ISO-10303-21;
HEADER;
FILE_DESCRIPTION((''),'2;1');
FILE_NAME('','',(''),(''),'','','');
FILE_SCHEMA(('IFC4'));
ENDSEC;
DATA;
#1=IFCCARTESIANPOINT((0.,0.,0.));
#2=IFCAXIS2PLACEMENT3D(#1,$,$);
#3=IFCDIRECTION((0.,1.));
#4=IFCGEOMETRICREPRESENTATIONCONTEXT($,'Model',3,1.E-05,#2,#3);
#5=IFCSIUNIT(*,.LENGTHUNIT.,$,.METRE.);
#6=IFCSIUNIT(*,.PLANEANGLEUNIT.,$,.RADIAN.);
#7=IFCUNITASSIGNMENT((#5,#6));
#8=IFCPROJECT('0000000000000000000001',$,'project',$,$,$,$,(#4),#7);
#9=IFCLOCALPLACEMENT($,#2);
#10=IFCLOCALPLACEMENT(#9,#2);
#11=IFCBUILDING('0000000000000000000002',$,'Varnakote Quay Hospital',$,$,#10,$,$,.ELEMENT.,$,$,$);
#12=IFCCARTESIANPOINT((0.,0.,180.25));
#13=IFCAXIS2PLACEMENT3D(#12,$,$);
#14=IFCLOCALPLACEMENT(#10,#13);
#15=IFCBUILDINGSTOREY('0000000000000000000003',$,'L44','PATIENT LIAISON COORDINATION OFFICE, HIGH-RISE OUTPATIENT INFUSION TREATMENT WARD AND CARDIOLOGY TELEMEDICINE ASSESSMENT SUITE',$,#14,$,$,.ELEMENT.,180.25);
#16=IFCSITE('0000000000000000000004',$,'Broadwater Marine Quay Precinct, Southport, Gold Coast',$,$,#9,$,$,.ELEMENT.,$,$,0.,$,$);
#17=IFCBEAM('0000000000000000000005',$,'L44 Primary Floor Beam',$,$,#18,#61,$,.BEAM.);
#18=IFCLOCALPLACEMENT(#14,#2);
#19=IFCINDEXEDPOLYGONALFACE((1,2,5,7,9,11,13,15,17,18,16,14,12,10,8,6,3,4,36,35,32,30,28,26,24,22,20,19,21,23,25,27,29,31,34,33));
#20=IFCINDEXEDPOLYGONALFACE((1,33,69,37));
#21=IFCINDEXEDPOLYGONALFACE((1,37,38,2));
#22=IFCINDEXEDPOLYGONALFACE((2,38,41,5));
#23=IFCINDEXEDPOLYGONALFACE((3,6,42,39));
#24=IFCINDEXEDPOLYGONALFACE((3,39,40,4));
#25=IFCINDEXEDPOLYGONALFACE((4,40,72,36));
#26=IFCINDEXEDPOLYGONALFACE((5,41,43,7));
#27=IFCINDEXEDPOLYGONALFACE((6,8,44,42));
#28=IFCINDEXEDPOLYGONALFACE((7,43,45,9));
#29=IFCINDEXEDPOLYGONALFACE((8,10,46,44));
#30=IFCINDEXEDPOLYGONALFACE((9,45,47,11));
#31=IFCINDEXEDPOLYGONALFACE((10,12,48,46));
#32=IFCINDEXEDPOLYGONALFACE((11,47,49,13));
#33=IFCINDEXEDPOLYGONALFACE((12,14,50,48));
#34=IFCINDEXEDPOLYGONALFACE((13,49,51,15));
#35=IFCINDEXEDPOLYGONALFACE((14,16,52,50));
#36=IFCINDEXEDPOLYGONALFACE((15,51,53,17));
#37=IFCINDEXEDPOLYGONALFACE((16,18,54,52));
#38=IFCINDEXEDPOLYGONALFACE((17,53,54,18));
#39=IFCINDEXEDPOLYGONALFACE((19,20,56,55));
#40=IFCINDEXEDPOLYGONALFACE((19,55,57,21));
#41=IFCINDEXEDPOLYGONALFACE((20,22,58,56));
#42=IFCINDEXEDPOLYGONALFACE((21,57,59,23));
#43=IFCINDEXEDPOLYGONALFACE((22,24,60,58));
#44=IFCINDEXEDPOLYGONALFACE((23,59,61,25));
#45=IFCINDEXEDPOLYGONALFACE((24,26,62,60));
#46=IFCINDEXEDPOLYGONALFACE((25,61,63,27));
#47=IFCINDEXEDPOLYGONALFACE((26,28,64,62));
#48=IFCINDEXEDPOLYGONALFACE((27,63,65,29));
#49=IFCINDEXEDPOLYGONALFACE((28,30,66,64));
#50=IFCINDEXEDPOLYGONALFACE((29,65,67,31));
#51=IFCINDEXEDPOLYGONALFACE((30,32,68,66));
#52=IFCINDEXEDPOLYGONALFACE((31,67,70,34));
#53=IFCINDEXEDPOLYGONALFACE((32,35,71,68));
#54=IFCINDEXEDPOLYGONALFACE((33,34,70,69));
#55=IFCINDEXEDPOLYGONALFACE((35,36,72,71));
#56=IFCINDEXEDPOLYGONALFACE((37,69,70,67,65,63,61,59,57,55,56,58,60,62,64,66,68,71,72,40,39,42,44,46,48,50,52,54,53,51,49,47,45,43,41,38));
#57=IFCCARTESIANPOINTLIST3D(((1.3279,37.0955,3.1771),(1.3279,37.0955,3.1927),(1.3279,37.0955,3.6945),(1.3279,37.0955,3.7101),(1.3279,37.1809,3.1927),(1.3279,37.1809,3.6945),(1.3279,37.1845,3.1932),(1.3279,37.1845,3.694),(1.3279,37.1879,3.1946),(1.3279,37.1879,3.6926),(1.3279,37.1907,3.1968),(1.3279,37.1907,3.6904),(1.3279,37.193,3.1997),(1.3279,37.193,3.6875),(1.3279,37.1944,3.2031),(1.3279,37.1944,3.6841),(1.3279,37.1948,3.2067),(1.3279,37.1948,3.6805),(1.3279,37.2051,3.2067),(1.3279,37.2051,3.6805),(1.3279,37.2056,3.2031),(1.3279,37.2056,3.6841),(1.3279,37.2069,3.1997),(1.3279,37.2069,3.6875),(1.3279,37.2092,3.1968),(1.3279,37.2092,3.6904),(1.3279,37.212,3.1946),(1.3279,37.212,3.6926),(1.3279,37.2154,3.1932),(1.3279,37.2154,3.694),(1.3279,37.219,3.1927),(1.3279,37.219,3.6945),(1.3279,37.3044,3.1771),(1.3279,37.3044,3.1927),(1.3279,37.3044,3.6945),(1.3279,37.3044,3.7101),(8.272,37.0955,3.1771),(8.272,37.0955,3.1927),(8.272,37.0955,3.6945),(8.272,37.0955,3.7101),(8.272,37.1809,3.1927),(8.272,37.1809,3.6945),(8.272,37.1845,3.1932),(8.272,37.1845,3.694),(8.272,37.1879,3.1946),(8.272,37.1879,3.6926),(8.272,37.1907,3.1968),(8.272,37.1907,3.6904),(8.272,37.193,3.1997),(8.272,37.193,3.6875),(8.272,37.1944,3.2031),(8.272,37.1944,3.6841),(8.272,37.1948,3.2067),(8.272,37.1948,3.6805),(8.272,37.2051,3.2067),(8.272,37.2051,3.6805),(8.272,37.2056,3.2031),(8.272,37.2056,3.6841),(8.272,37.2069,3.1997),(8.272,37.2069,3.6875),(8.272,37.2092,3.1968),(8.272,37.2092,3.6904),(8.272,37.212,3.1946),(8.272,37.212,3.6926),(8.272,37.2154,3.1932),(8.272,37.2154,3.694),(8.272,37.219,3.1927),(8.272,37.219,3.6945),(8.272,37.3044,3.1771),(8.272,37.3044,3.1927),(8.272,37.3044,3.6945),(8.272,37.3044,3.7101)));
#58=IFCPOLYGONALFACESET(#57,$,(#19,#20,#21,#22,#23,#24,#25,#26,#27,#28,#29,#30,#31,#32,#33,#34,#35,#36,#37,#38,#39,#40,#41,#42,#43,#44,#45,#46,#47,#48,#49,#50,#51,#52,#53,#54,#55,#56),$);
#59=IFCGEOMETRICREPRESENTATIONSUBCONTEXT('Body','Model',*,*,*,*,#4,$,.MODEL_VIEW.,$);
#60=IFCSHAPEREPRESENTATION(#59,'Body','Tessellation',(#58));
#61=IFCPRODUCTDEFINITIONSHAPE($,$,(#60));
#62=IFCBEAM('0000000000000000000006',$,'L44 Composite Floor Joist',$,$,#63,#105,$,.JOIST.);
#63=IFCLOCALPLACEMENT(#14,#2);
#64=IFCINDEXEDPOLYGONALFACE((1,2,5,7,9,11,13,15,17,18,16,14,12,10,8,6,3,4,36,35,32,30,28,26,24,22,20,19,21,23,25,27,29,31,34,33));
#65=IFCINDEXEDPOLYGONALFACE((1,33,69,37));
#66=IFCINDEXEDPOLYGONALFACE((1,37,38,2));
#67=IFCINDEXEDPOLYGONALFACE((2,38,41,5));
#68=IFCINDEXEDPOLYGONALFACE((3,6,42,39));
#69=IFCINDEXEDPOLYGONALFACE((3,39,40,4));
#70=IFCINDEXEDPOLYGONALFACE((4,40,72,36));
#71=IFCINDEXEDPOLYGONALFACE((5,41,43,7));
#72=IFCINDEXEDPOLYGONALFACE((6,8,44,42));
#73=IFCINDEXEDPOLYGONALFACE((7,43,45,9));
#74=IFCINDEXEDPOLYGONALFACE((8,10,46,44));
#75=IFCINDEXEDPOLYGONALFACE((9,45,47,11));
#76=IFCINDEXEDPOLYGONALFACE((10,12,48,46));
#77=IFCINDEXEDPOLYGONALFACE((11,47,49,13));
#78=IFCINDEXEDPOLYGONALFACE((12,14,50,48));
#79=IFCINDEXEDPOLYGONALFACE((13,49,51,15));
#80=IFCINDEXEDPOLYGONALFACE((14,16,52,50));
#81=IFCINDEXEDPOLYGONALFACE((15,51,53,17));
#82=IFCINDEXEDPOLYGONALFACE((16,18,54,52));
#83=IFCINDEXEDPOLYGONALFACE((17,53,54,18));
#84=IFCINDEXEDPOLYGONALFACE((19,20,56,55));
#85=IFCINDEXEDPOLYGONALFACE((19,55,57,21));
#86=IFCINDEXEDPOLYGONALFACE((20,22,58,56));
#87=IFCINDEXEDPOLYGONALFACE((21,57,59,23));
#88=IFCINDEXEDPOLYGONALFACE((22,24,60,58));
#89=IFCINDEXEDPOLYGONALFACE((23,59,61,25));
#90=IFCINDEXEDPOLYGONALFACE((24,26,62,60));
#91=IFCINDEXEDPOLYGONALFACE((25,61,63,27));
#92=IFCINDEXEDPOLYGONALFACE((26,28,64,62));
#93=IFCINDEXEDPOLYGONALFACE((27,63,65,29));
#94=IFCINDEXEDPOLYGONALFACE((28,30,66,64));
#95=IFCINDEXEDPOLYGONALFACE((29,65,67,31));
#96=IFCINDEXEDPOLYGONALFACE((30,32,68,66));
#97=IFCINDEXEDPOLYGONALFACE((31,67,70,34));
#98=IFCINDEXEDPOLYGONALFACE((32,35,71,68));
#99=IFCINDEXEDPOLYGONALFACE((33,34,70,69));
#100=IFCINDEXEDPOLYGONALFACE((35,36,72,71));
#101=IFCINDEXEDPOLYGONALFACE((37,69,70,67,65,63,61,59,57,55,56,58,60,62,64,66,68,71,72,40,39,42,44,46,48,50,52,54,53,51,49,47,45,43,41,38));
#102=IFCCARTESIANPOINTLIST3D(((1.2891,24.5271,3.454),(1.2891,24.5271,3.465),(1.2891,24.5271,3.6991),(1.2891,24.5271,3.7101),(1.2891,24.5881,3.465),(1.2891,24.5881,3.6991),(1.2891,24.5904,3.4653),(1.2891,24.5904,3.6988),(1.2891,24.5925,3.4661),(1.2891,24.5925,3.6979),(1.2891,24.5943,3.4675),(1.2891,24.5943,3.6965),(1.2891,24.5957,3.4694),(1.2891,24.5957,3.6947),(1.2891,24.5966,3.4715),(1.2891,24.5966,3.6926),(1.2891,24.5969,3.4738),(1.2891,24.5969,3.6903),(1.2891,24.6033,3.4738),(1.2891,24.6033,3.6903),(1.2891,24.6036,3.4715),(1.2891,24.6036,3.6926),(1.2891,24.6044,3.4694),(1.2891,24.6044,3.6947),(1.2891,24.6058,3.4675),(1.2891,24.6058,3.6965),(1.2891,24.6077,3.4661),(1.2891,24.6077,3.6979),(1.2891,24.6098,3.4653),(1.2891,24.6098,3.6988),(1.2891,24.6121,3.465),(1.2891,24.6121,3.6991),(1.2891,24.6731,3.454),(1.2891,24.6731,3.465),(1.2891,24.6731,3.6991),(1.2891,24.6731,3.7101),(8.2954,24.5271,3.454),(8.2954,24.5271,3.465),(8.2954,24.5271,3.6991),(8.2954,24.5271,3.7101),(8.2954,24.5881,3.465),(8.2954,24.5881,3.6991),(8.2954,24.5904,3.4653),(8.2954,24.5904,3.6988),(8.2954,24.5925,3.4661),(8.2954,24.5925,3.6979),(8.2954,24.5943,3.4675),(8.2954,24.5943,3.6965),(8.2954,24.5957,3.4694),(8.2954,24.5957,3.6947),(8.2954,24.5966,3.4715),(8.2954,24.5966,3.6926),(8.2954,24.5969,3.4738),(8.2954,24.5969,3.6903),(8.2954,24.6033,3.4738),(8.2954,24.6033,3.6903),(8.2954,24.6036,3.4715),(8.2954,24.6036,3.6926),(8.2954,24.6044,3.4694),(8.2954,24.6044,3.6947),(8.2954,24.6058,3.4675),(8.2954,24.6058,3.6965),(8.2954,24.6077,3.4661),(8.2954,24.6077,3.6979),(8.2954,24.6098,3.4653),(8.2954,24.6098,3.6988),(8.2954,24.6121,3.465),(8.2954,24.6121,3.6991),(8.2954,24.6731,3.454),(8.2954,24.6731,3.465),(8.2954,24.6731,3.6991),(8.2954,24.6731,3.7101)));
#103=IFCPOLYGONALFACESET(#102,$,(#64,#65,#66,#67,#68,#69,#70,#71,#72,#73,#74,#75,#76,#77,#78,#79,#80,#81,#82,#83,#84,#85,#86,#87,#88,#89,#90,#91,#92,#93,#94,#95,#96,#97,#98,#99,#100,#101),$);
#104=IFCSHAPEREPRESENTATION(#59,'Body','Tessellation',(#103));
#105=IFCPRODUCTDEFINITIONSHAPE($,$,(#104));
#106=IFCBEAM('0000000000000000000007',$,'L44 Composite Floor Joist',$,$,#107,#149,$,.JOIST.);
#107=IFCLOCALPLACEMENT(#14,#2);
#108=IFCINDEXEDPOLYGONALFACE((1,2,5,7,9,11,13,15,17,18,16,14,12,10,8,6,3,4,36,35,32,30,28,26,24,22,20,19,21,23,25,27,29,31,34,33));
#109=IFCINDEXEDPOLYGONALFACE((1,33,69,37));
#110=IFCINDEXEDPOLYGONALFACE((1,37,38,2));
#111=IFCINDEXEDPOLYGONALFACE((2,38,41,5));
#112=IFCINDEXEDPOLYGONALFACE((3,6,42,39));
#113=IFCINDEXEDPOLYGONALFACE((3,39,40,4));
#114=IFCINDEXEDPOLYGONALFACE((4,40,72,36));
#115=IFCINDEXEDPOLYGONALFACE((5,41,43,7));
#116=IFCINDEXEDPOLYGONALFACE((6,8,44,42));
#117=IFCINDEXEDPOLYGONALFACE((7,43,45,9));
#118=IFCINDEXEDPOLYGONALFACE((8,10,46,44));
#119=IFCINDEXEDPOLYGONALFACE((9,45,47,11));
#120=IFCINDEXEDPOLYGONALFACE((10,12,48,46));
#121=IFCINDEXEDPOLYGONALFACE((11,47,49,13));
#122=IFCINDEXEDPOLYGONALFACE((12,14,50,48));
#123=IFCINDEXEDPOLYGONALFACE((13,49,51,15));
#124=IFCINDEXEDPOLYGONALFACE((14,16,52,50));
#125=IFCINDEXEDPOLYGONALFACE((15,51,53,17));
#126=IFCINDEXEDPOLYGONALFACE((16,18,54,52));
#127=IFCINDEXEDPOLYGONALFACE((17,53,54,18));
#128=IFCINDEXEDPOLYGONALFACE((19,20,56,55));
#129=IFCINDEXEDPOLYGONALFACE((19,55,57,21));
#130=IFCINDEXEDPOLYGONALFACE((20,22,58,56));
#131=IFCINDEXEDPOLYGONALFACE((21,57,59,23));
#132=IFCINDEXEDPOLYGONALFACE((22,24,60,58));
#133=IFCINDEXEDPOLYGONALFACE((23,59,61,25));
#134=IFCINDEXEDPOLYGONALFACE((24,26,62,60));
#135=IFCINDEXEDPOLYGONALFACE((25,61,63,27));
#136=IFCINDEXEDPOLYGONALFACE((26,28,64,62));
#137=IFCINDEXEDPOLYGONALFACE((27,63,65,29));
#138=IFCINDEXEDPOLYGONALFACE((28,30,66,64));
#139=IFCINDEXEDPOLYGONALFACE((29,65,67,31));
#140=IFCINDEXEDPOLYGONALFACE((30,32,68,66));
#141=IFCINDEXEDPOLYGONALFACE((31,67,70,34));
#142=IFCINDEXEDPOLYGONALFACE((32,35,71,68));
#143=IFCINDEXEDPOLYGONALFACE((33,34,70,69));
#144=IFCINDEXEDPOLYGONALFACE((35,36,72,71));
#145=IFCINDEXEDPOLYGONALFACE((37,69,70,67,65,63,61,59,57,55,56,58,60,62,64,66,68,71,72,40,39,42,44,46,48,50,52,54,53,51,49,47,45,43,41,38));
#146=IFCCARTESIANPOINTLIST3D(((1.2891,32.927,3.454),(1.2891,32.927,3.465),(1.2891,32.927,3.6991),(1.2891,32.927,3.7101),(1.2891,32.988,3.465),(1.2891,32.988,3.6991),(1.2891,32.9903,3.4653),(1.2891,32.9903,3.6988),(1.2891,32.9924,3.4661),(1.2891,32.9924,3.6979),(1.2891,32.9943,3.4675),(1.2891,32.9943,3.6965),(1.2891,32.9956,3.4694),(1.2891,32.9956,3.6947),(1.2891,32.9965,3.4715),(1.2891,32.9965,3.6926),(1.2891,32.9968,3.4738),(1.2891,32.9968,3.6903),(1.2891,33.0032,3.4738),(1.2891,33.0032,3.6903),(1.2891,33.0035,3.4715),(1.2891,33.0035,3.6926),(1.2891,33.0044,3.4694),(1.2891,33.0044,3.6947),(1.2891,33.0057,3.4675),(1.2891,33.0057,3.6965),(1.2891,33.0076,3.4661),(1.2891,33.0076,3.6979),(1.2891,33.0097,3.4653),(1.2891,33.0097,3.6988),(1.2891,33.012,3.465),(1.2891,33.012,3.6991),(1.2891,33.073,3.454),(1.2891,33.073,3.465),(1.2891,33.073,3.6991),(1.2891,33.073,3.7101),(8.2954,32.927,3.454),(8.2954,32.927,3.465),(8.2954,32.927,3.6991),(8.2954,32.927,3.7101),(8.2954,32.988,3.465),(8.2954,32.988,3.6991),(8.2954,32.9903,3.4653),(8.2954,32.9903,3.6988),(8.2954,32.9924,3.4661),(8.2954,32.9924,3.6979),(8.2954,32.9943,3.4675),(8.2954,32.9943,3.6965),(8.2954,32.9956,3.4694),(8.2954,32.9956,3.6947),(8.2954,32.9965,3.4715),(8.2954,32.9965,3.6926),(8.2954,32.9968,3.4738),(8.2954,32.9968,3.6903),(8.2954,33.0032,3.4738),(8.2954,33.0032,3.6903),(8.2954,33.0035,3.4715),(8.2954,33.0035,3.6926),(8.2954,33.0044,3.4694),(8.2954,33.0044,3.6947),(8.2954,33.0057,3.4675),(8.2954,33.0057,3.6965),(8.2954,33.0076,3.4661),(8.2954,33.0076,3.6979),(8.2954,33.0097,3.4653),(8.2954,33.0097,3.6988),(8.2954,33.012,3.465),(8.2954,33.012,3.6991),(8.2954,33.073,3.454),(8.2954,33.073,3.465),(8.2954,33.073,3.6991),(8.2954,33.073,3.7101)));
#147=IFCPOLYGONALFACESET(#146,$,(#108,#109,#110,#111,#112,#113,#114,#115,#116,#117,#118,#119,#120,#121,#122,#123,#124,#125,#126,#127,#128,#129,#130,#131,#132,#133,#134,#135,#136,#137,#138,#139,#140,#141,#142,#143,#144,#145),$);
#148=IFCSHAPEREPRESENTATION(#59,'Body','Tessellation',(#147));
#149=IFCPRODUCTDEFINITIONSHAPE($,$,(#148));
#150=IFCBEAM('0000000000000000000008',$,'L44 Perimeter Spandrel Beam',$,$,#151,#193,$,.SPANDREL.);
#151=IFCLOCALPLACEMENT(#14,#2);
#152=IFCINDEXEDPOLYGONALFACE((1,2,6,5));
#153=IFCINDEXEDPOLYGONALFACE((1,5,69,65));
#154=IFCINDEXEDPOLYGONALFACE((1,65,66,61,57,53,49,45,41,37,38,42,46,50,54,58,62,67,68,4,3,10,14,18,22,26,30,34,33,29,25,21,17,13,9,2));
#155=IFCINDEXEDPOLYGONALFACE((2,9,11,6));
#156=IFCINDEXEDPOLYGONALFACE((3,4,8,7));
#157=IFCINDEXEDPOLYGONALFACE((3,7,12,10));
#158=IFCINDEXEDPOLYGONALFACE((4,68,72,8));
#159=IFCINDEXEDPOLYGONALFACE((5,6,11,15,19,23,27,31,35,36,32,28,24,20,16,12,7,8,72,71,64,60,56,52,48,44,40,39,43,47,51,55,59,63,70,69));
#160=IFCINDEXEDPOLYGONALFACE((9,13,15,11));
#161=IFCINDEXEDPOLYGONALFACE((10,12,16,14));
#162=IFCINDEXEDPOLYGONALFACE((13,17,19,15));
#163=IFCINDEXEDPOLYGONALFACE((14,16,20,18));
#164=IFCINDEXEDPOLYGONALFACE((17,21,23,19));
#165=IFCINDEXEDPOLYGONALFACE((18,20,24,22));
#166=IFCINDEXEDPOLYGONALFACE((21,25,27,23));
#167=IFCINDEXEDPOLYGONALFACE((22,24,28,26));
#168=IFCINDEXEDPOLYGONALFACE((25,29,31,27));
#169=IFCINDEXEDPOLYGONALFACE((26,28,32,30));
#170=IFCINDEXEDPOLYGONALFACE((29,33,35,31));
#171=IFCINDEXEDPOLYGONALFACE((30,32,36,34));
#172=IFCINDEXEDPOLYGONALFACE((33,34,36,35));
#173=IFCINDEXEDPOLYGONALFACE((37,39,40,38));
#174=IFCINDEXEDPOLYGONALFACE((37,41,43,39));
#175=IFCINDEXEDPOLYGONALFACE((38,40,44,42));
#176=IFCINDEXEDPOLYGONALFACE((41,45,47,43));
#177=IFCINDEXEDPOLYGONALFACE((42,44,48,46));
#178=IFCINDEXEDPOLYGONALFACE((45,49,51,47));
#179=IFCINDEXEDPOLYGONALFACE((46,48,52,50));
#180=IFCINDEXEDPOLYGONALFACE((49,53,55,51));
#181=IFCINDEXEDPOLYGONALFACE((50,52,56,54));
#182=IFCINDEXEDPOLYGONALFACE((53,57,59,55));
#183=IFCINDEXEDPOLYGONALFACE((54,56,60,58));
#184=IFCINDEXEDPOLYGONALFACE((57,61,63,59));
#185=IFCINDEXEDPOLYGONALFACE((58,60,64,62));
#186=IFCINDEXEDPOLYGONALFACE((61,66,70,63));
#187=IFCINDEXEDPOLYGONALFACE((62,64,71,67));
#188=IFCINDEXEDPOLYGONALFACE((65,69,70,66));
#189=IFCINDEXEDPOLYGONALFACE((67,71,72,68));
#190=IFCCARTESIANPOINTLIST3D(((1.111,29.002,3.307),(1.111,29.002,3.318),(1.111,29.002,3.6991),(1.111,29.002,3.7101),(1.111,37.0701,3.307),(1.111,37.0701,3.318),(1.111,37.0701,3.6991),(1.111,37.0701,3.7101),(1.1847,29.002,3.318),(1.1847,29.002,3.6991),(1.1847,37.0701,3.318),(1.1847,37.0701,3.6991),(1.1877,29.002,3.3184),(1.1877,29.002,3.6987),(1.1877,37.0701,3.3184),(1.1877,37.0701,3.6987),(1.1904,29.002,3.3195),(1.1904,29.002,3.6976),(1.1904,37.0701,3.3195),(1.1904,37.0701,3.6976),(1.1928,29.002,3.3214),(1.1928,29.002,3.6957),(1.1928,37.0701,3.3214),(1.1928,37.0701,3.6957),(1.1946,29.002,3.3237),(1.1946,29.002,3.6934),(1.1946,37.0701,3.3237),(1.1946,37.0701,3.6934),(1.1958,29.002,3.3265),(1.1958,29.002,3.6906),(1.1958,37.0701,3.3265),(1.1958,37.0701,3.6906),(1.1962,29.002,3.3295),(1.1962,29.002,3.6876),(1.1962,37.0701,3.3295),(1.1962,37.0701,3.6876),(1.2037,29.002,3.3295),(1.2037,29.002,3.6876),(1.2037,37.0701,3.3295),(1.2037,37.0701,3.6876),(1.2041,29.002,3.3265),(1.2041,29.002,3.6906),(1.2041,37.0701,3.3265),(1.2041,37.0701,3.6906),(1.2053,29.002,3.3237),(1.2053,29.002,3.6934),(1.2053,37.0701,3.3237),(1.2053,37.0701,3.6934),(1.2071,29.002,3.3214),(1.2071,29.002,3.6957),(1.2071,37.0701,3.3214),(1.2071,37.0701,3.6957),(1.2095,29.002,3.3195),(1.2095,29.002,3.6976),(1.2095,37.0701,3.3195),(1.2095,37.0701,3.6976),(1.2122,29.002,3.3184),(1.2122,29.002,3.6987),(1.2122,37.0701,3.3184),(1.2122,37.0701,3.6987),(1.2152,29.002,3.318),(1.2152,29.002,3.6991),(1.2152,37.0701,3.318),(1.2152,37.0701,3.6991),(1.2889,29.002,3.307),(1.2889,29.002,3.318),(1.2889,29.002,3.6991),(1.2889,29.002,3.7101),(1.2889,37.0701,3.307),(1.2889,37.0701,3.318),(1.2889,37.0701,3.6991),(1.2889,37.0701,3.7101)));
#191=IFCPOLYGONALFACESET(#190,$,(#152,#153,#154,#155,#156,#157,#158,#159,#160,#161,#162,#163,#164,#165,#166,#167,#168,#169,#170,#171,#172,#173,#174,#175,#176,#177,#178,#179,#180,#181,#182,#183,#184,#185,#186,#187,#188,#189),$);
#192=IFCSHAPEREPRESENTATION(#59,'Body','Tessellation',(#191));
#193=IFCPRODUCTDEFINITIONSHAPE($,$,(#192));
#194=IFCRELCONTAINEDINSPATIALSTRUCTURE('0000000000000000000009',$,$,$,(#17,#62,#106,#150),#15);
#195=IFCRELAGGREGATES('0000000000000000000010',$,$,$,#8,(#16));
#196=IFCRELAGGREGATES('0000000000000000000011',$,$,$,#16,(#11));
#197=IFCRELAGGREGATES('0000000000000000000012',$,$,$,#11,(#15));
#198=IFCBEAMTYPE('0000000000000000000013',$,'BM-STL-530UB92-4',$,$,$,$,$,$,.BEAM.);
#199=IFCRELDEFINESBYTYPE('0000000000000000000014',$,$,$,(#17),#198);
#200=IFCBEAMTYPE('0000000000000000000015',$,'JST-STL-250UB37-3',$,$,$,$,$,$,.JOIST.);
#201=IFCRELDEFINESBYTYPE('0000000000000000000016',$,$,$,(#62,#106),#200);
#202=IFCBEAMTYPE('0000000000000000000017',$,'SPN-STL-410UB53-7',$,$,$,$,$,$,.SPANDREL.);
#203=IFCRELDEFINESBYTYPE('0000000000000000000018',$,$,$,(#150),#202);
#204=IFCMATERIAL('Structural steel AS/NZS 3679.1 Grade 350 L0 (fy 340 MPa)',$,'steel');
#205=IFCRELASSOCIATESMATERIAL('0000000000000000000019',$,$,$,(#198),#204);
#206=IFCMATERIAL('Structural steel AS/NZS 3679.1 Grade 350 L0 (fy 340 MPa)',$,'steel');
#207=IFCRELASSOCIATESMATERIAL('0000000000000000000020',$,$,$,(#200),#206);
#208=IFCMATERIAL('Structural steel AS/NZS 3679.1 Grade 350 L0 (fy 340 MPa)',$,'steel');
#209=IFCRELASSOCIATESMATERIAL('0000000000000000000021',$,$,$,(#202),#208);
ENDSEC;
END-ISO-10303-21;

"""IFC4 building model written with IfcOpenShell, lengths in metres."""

from ifc_helpers import new_model, si_unit, direction, frame, origin, origin_2d, place, context, subcontext, project, spatial, i_section, extrude, material, material_profile, profile_set, type_object, element, save


model = new_model("IFC4")

# Units and contexts
model_context = context("Model", 3, precision=1e-05, world=origin(), true_north=direction((0.0, 1.0)))
body_context = subcontext(model_context, "Body", "Model", "MODEL_VIEW")
ifc_project = project(units=[si_unit("LENGTHUNIT", "METRE"), si_unit("PLANEANGLEUNIT", "RADIAN")], contexts=[model_context])

# Site, building, storey
site_placement = place(None, origin())
site = spatial("IfcSite", under=ifc_project, at=site_placement, Name="Broadwater Marine Quay Precinct, Southport, Gold Coast", CompositionType="ELEMENT", RefElevation=0.0)
building_placement = place(site_placement, origin())
building = spatial("IfcBuilding", under=site, at=building_placement, Name="Varnakote Quay Hospital", CompositionType="ELEMENT")
storey_placement = place(building_placement, frame((0.0, 0.0, 180.25)))
storey = spatial("IfcBuildingStorey", under=building, at=storey_placement, Name="L44", Description="PATIENT LIAISON COORDINATION OFFICE, HIGH-RISE OUTPATIENT INFUSION TREATMENT WARD AND CARDIOLOGY TELEMEDICINE ASSESSMENT SUITE", CompositionType="ELEMENT", Elevation=180.25)

# Beams
ifc_material_1 = material(Name="Structural steel AS/NZS 3679.1 Grade 350 L0 (fy 340 MPa)", Category="steel")
ifc_material_profile_1 = material_profile(ifc_material_1, i_section(OverallWidth=0.209, OverallDepth=0.533, WebThickness=0.0103, FlangeThickness=0.0156, FilletRadius=0.0139, at=origin_2d()), Name="530UB92.4")
ifc_profile_set_1 = profile_set([ifc_material_profile_1], Name="Structural steel AS/NZS 3679.1 Grade 350 L0 (fy 340 MPa)")
beam_type_1 = type_object("IfcBeamType", Name="BM-STL-530UB92-4", PredefinedType="BEAM", material=ifc_profile_set_1)
beam_1_placement = place(storey_placement, frame((1.3279, 37.2, 3.4436), z_axis=(1.0, 0.0, 0.0), x_axis=(0.0, 1.0, 0.0)))
element("IfcBeam", 1, at=beam_1_placement, inside=storey, type_object=beam_type_1, Name="L44 Primary Floor Beam", PredefinedType="BEAM", context=body_context, shape_type="SweptSolid", body=[
    extrude(i_section(OverallWidth=0.209, OverallDepth=0.533, WebThickness=0.0103, FlangeThickness=0.0156, FilletRadius=0.0139, at=origin_2d()), origin(), (0.0, 0.0, 1.0), 6.9441),
])
ifc_material_2 = material(Name="Structural steel AS/NZS 3679.1 Grade 350 L0 (fy 340 MPa)", Category="steel")
ifc_material_profile_2 = material_profile(ifc_material_2, i_section(OverallWidth=0.146, OverallDepth=0.2561, WebThickness=0.0063, FlangeThickness=0.011, FilletRadius=0.0088, at=origin_2d()), Name="250UB37.3")
ifc_profile_set_2 = profile_set([ifc_material_profile_2], Name="Structural steel AS/NZS 3679.1 Grade 350 L0 (fy 340 MPa)")
beam_type_2 = type_object("IfcBeamType", Name="JST-STL-250UB37-3", PredefinedType="JOIST", material=ifc_profile_set_2)
for number, where, z_axis, x_axis, name in (
    (2, (1.2891, 24.6001, 3.582), (1.0, 0.0, 0.0), (0.0, 1.0, 0.0), "L44 Composite Floor Joist"),
    (3, (1.2891, 33.0, 3.582), (1.0, 0.0, 0.0), (0.0, 1.0, 0.0), "L44 Composite Floor Joist"),
):
    element("IfcBeam", number, at=place(storey_placement, frame(where, z_axis=z_axis, x_axis=x_axis)), inside=storey, type_object=beam_type_2, Name=name, PredefinedType="JOIST", context=body_context, shape_type="SweptSolid", body=[
        extrude(i_section(OverallWidth=0.146, OverallDepth=0.2561, WebThickness=0.0063, FlangeThickness=0.011, FilletRadius=0.0088, at=origin_2d()), origin(), (0.0, 0.0, 1.0), 7.0063),
    ])
ifc_material_3 = material(Name="Structural steel AS/NZS 3679.1 Grade 350 L0 (fy 340 MPa)", Category="steel")
ifc_material_profile_3 = material_profile(ifc_material_3, i_section(OverallWidth=0.178, OverallDepth=0.4031, WebThickness=0.0076, FlangeThickness=0.011, FilletRadius=0.0115, at=origin_2d()), Name="410UB53.7")
ifc_profile_set_3 = profile_set([ifc_material_profile_3], Name="Structural steel AS/NZS 3679.1 Grade 350 L0 (fy 340 MPa)")
beam_type_3 = type_object("IfcBeamType", Name="SPN-STL-410UB53-7", PredefinedType="SPANDREL", material=ifc_profile_set_3)
beam_2_placement = place(storey_placement, frame((1.2, 29.002, 3.5085), z_axis=(0.0, 1.0, 0.0), x_axis=(-1.0, 0.0, 0.0)))
element("IfcBeam", 4, at=beam_2_placement, inside=storey, type_object=beam_type_3, Name="L44 Perimeter Spandrel Beam", PredefinedType="SPANDREL", context=body_context, shape_type="SweptSolid", body=[
    extrude(i_section(OverallWidth=0.178, OverallDepth=0.4031, WebThickness=0.0076, FlangeThickness=0.011, FilletRadius=0.0115, at=origin_2d()), origin(), (0.0, 0.0, 1.0), 8.0681),
])

save(model, "model.ifc")
